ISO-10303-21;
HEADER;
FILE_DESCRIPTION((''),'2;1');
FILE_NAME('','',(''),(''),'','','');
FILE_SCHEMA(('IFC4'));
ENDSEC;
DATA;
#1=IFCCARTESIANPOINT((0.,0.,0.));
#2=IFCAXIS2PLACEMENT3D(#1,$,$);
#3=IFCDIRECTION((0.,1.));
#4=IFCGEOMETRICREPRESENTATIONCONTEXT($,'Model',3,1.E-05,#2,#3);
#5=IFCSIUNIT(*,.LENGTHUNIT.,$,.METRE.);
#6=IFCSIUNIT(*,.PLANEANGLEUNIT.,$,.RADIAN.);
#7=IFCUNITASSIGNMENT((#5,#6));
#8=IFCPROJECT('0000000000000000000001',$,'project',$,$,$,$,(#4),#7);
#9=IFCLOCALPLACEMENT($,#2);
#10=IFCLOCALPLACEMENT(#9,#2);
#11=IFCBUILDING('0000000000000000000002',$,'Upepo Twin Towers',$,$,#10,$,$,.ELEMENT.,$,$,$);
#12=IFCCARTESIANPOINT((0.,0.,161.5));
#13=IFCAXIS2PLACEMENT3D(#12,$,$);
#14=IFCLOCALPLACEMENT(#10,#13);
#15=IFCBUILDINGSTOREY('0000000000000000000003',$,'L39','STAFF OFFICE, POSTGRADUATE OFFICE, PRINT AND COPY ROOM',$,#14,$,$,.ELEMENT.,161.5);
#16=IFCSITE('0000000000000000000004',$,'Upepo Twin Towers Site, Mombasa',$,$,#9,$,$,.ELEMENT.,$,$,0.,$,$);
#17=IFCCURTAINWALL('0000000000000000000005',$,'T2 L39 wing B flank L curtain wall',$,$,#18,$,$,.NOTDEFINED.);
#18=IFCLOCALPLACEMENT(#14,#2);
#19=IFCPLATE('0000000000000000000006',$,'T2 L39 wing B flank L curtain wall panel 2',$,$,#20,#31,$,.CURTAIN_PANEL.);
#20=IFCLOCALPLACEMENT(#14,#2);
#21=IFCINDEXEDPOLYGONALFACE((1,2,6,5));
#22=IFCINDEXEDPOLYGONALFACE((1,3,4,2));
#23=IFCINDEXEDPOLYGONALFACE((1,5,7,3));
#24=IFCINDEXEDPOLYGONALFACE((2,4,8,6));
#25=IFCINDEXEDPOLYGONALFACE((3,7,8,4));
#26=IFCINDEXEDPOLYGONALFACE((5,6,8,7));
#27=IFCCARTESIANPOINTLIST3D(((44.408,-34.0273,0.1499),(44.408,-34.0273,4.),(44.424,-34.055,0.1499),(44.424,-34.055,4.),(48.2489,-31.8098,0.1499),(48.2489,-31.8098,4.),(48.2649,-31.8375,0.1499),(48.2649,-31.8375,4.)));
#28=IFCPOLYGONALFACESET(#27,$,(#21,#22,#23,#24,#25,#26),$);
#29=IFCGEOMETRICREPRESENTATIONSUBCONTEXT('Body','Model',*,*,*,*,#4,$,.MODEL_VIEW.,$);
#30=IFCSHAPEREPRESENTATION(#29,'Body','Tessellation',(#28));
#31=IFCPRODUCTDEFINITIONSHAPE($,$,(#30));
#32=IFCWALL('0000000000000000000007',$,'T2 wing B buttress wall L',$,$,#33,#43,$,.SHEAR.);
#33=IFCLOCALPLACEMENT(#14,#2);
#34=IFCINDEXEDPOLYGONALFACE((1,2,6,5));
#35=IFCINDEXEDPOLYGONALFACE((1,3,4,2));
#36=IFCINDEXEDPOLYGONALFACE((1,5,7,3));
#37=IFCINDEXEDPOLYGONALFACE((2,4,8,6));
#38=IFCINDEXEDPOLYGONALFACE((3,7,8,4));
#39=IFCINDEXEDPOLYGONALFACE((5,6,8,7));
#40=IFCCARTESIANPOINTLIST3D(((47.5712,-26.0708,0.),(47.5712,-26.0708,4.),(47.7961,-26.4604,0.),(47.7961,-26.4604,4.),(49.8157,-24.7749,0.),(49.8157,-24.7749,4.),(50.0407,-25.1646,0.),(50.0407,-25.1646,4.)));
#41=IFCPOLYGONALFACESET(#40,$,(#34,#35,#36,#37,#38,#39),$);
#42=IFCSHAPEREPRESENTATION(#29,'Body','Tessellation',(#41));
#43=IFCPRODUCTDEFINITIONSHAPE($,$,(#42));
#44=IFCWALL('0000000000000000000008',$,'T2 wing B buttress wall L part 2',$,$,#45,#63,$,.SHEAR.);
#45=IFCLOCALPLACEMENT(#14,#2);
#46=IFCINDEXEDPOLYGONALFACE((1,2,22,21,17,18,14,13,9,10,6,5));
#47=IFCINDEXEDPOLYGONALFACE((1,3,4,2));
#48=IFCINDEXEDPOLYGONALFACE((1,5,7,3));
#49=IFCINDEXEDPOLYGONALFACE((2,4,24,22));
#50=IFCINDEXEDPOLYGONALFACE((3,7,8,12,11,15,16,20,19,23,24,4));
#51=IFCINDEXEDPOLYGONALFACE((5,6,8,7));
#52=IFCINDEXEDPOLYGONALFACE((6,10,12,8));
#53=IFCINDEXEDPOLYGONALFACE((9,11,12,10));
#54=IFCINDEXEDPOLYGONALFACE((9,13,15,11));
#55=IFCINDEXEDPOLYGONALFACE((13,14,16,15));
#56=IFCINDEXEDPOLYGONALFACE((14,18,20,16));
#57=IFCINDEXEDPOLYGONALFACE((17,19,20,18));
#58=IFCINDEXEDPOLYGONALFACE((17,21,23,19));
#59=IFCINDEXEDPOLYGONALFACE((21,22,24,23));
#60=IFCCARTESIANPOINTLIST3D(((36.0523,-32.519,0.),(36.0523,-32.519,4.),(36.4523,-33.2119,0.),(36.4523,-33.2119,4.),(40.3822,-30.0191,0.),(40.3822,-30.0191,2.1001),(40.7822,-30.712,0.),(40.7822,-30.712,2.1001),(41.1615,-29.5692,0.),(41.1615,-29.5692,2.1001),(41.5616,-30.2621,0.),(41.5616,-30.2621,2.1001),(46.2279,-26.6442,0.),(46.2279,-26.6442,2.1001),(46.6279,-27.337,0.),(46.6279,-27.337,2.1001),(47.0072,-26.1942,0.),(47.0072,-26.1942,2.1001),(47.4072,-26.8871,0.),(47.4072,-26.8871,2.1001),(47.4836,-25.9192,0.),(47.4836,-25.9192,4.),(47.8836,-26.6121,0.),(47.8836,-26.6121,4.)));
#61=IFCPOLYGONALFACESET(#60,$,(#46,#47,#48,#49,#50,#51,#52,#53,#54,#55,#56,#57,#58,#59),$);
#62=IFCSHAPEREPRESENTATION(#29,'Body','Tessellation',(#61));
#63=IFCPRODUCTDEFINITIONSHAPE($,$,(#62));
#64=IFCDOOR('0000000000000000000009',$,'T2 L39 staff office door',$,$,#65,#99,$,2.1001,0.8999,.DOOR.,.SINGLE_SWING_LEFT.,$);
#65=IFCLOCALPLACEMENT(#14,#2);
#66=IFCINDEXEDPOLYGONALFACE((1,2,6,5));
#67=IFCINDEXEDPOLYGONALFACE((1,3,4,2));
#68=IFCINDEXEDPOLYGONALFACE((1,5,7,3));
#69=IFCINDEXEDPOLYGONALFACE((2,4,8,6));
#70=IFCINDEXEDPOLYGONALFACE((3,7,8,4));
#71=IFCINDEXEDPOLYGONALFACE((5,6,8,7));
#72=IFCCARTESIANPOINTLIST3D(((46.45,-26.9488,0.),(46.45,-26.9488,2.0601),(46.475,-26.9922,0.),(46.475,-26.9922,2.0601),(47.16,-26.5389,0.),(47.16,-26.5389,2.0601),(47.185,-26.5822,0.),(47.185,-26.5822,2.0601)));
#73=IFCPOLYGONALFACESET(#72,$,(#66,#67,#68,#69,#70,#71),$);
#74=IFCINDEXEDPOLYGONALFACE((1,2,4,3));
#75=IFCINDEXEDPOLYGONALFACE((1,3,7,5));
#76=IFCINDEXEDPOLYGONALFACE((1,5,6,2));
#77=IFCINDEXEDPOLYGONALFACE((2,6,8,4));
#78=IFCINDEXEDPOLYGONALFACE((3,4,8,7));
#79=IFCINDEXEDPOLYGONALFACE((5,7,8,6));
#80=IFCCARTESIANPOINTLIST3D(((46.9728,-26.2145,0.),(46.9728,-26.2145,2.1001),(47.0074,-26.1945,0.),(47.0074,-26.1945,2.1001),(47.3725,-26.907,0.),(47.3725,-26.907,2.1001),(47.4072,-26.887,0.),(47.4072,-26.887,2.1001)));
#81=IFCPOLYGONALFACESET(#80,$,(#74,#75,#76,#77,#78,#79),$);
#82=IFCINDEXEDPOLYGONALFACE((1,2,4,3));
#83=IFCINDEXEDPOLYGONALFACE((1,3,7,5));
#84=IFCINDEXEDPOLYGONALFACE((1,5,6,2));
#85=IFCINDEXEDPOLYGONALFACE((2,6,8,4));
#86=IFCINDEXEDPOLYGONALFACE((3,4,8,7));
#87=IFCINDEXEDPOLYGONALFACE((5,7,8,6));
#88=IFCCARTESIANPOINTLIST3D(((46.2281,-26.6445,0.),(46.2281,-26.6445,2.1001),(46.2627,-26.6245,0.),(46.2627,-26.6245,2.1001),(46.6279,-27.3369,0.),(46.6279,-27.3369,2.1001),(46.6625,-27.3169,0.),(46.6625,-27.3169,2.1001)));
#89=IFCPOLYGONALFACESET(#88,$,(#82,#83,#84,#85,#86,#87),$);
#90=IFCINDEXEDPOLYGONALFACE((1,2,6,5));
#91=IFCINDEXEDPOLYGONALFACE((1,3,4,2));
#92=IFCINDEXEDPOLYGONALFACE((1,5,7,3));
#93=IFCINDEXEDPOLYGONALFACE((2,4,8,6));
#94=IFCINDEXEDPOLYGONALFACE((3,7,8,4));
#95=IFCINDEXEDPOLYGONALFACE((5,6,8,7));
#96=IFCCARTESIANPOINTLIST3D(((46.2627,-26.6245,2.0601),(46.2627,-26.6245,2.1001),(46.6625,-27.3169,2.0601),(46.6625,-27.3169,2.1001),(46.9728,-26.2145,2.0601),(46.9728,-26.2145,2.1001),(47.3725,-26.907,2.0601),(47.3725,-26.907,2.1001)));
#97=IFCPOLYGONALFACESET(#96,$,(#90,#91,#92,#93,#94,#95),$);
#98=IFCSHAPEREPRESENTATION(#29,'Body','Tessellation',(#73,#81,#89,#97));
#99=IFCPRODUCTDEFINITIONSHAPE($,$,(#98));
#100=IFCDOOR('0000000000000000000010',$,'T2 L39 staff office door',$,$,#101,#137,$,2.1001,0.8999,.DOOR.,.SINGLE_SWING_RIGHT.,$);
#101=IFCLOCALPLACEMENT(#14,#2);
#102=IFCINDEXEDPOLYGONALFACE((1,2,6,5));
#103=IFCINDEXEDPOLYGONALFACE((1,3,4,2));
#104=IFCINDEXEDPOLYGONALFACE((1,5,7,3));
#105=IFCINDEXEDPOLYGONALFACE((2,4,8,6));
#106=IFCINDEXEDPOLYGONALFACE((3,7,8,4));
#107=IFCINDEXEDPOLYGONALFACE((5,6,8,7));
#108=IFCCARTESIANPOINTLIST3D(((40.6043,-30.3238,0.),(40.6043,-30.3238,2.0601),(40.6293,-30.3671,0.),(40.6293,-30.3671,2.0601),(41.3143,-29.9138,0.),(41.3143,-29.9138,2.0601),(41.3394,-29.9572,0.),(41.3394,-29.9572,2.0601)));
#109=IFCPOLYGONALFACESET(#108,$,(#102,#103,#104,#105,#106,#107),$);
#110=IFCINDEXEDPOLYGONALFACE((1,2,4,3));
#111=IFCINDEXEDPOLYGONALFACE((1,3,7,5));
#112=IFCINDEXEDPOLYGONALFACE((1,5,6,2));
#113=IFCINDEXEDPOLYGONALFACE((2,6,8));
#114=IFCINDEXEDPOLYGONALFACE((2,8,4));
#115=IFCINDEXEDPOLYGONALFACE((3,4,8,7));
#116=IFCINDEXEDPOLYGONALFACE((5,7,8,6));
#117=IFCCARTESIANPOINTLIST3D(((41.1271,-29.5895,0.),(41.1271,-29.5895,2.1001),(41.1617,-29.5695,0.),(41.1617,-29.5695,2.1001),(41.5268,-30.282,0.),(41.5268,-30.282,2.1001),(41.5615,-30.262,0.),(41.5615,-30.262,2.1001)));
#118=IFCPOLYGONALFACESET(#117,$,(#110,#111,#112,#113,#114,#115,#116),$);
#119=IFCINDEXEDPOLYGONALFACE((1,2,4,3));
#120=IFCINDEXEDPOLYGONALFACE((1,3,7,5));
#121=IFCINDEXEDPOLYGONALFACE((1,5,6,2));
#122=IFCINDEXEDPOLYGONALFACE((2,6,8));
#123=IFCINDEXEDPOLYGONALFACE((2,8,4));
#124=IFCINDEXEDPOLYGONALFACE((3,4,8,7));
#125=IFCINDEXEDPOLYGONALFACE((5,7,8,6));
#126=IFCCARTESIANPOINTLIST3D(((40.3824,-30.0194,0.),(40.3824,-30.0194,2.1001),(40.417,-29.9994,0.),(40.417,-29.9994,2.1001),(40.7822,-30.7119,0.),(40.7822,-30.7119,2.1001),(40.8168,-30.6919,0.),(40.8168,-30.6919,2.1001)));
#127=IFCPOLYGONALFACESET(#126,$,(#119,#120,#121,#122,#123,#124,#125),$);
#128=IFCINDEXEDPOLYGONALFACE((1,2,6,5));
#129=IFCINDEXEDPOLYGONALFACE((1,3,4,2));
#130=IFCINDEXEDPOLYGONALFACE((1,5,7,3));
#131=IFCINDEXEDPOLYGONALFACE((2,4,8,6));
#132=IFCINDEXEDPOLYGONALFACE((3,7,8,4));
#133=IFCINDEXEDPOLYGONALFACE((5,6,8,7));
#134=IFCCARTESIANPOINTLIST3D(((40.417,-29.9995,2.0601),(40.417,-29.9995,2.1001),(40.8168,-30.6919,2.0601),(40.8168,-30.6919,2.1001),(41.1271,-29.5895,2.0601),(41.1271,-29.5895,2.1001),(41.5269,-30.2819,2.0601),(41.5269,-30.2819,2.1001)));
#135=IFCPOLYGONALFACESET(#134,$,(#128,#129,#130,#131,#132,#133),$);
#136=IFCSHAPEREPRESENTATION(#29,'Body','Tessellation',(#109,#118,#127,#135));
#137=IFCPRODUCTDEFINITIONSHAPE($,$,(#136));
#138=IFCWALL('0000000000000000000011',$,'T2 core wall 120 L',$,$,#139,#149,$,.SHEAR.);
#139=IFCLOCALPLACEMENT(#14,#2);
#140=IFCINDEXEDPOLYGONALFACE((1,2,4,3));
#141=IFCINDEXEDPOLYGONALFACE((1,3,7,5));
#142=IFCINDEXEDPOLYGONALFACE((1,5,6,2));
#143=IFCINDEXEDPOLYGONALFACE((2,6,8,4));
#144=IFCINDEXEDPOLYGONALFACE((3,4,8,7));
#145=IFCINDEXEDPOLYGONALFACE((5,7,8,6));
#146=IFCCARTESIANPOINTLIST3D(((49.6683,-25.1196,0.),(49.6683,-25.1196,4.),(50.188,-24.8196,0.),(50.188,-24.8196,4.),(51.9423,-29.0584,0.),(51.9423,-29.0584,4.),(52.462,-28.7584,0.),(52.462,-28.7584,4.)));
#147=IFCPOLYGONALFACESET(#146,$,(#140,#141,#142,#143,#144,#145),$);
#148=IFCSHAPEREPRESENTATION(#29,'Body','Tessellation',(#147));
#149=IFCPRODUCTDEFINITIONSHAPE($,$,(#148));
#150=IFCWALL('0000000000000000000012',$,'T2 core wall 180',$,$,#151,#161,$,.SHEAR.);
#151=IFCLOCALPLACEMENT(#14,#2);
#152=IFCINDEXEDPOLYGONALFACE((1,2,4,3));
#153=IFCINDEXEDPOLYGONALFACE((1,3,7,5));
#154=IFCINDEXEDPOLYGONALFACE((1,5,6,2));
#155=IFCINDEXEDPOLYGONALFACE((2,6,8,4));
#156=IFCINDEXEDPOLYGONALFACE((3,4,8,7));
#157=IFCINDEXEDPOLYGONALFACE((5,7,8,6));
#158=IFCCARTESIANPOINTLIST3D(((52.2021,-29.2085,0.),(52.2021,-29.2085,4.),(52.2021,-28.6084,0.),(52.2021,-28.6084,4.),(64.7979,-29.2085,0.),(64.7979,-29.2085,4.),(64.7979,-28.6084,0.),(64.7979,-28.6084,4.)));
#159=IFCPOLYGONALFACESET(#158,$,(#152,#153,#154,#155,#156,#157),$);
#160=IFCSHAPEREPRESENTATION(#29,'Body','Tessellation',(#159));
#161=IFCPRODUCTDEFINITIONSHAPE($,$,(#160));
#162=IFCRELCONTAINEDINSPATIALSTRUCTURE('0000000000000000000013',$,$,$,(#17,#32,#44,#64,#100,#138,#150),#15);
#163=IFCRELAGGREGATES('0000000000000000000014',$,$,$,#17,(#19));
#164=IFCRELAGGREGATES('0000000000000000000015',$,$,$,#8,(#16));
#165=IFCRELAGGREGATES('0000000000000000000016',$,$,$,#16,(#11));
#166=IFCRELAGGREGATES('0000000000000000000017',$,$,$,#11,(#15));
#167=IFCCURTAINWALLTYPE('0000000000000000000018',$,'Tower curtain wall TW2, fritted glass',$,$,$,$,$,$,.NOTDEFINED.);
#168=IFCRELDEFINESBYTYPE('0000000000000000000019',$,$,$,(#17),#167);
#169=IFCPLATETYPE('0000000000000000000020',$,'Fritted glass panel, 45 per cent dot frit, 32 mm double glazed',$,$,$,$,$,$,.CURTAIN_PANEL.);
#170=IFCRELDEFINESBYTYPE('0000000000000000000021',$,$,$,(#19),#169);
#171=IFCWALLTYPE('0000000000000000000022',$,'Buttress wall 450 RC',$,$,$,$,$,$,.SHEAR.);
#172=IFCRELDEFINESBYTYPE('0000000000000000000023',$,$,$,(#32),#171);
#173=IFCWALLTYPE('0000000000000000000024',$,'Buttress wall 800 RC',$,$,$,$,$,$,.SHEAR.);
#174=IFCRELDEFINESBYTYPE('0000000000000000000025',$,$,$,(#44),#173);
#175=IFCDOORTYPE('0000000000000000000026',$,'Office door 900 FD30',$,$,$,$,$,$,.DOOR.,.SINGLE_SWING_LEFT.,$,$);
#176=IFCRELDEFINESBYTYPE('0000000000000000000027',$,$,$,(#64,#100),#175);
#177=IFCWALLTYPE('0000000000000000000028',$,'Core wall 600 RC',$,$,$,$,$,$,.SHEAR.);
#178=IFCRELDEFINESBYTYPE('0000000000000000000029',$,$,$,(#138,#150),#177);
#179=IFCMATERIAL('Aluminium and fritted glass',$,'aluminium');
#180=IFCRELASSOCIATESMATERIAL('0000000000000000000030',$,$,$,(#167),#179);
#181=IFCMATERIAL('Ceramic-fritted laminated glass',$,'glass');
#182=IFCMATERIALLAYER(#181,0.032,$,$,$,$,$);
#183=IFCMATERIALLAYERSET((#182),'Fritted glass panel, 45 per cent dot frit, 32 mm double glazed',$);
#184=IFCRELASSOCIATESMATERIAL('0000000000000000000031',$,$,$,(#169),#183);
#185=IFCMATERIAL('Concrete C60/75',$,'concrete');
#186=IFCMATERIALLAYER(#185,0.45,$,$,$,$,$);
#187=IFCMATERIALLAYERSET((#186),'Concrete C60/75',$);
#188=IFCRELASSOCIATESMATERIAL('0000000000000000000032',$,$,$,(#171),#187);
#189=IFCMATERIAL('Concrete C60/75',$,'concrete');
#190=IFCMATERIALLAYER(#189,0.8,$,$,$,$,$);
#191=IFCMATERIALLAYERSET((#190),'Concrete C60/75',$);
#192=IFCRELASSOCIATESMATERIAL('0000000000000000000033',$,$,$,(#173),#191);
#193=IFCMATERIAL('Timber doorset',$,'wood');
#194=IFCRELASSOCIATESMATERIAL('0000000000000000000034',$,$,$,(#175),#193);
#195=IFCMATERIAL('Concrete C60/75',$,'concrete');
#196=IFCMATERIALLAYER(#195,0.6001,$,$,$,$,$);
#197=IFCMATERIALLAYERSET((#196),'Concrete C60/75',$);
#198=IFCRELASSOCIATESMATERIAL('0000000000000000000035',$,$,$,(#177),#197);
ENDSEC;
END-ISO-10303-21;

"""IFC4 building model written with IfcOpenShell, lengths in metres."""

from ifc_helpers import new_model, si_unit, direction, frame, frame_2d, origin, origin_2d, place, context, subcontext, project, spatial, rectangle, extrude, material, layer, layer_set, type_object, element, fill, aggregate, save


model = new_model("IFC4")

# Units and contexts
model_context = context("Model", 3, precision=1e-05, world=origin(), true_north=direction((0.0, 1.0)))
body_context = subcontext(model_context, "Body", "Model", "MODEL_VIEW")
ifc_project = project(units=[si_unit("LENGTHUNIT", "METRE"), si_unit("PLANEANGLEUNIT", "RADIAN")], contexts=[model_context])

# Site, building, storey
site_placement = place(None, origin())
site = spatial("IfcSite", under=ifc_project, at=site_placement, Name="Upepo Twin Towers Site, Mombasa", CompositionType="ELEMENT", RefElevation=0.0)
building_placement = place(site_placement, origin())
building = spatial("IfcBuilding", under=site, at=building_placement, Name="Upepo Twin Towers", CompositionType="ELEMENT")
storey_placement = place(building_placement, frame((0.0, 0.0, 161.5)))
storey = spatial("IfcBuildingStorey", under=building, at=storey_placement, Name="L39", Description="STAFF OFFICE, POSTGRADUATE OFFICE, PRINT AND COPY ROOM", CompositionType="ELEMENT", Elevation=161.5)

# Curtain wall, plate
ifc_material_1 = material(Name="Aluminium and fritted glass", Category="aluminium")
curtain_wall_type = type_object("IfcCurtainWallType", Name="Tower curtain wall TW2, fritted glass", PredefinedType="NOTDEFINED", material=ifc_material_1)
curtain_wall_placement = place(storey_placement, origin())
curtain_wall = element("IfcCurtainWall", 1, at=curtain_wall_placement, inside=storey, type_object=curtain_wall_type, Name="T2 L39 wing B flank L curtain wall", PredefinedType="NOTDEFINED")
ifc_material_2 = material(Name="Ceramic-fritted laminated glass", Category="glass")
ifc_layer_1 = layer(ifc_material_2, 0.032)
ifc_layer_set_1 = layer_set([ifc_layer_1], Name="Fritted glass panel, 45 per cent dot frit, 32 mm double glazed")
plate_type = type_object("IfcPlateType", Name="Fritted glass panel, 45 per cent dot frit, 32 mm double glazed", PredefinedType="CURTAIN_PANEL", material=ifc_layer_set_1)
plate_1_placement = place(storey_placement, frame((46.3364, -32.9324, 0.1499), z_axis=(0.0, 0.0, 1.0), x_axis=(-0.866025, -0.5, 0.0)))
plate_1 = element("IfcPlate", 2, at=plate_1_placement, type_object=plate_type, Name="T2 L39 wing B flank L curtain wall panel 2", PredefinedType="CURTAIN_PANEL", context=body_context, shape_type="SweptSolid", body=[
    extrude(rectangle(XDim=4.4351, YDim=0.032, at=origin_2d()), origin(), (0.0, 0.0, 1.0), 3.8501),
])
aggregate(curtain_wall, [plate_1])

# Wall
ifc_material_3 = material(Name="Concrete C60/75", Category="concrete")
ifc_layer_2 = layer(ifc_material_3, 0.45)
ifc_layer_set_2 = layer_set([ifc_layer_2], Name="Concrete C60/75")
wall_type_1 = type_object("IfcWallType", Name="Buttress wall 450 RC", PredefinedType="SHEAR", material=ifc_layer_set_2)
wall_1_placement = place(storey_placement, frame((49.9282, -24.9697, 0.0), z_axis=(0.0, 0.0, 1.0), x_axis=(-0.866032, -0.499989, 0.0)))
element("IfcWall", 3, at=wall_1_placement, inside=storey, type_object=wall_type_1, Name="T2 wing B buttress wall L", PredefinedType="SHEAR", context=body_context, shape_type="SweptSolid", body=[
    extrude(rectangle(XDim=2.5918, YDim=0.45, at=frame_2d((1.2959, 0.0))), origin(), (0.0, 0.0, 1.0), 4.0),
])

# Wall, openings, doors
ifc_material_4 = material(Name="Concrete C60/75", Category="concrete")
ifc_layer_3 = layer(ifc_material_4, 0.8)
ifc_layer_set_3 = layer_set([ifc_layer_3], Name="Concrete C60/75")
wall_type_2 = type_object("IfcWallType", Name="Buttress wall 800 RC", PredefinedType="SHEAR", material=ifc_layer_set_3)
wall_2_placement = place(storey_placement, frame((47.6836, -26.2656, 0.0), z_axis=(0.0, 0.0, 1.0), x_axis=(-0.866028, -0.499996, 0.0)))
wall_2 = element("IfcWall", 4, at=wall_2_placement, inside=storey, type_object=wall_type_2, Name="T2 wing B buttress wall L part 2", PredefinedType="SHEAR", context=body_context, shape_type="SweptSolid", body=[
    extrude(rectangle(XDim=13.1997, YDim=0.8, at=frame_2d((6.5999, 0.0))), origin(), (0.0, 0.0, 1.0), 4.0),
])
opening_1_placement = place(wall_2_placement, frame((0.55, 0.0, 0.0)))
opening_1 = element("IfcOpeningElement", 5, at=opening_1_placement, cuts=wall_2, PredefinedType="OPENING", context=body_context, shape_type="SweptSolid", body=[
    extrude(rectangle(XDim=0.8999, YDim=2.1001, at=frame_2d((0.45, 1.05))), frame((0.0, 0.4099, 0.0), z_axis=(0.0, -1.0, 0.0), x_axis=(1.0, 0.0, 0.0)), (0.0, 0.0, 1.0), 0.8201),
])
opening_2_placement = place(wall_2_placement, frame((7.3, 0.0, 0.0)))
opening_2 = element("IfcOpeningElement", 6, at=opening_2_placement, cuts=wall_2, PredefinedType="OPENING", context=body_context, shape_type="SweptSolid", body=[
    extrude(rectangle(XDim=0.8999, YDim=2.1001, at=frame_2d((0.45, 1.05))), frame((0.0, 0.4099, 0.0), z_axis=(0.0, -1.0, 0.0), x_axis=(1.0, 0.0, 0.0)), (0.0, 0.0, 1.0), 0.8201),
])
ifc_material_5 = material(Name="Timber doorset", Category="wood")
door_type_1 = type_object("IfcDoorType", Name="Office door 900 FD30", OperationType="SINGLE_SWING_LEFT", PredefinedType="DOOR", material=ifc_material_5)
door_1_placement = place(opening_1_placement, origin())
door_1 = element("IfcDoor", 7, at=door_1_placement, inside=storey, type_object=door_type_1, Name="T2 L39 staff office door", OperationType="SINGLE_SWING_LEFT", OverallHeight=2.1001, OverallWidth=0.8999, PredefinedType="DOOR", context=body_context, shape_type="SweptSolid", body=[
    extrude(rectangle(XDim=0.8199, YDim=2.0601, at=frame_2d((0.45, 1.03))), frame((0.0, 0.0249, 0.0), z_axis=(0.0, -1.0, 0.0), x_axis=(1.0, 0.0, 0.0)), (0.0, 0.0, 1.0), 0.05),
    extrude(rectangle(XDim=0.04, YDim=2.1001, at=frame_2d((0.02, 1.05))), frame((0.0, 0.3999, 0.0), z_axis=(0.0, -1.0, 0.0), x_axis=(1.0, 0.0, 0.0)), (0.0, 0.0, 1.0), 0.7996),
    extrude(rectangle(XDim=0.04, YDim=2.1001, at=frame_2d((0.8799, 1.05))), frame((0.0, 0.3999, 0.0), z_axis=(0.0, -1.0, 0.0), x_axis=(1.0, 0.0, 0.0)), (0.0, 0.0, 1.0), 0.7996),
    extrude(rectangle(XDim=0.8199, YDim=0.04, at=frame_2d((0.45, 2.0801))), frame((0.0, 0.3999, 0.0), z_axis=(0.0, -1.0, 0.0), x_axis=(1.0, 0.0, 0.0)), (0.0, 0.0, 1.0), 0.7996),
])
fill(opening_1, door_1)
door_2_placement = place(opening_2_placement, origin())
door_2 = element("IfcDoor", 8, at=door_2_placement, inside=storey, type_object=door_type_1, Name="T2 L39 staff office door", OperationType="SINGLE_SWING_RIGHT", OverallHeight=2.1001, OverallWidth=0.8999, PredefinedType="DOOR", context=body_context, shape_type="SweptSolid", body=[
    extrude(rectangle(XDim=0.8199, YDim=2.0601, at=frame_2d((0.45, 1.03))), frame((0.0, 0.0249, 0.0), z_axis=(0.0, -1.0, 0.0), x_axis=(1.0, 0.0, 0.0)), (0.0, 0.0, 1.0), 0.05),
    extrude(rectangle(XDim=0.04, YDim=2.1001, at=frame_2d((0.02, 1.05))), frame((0.0, 0.3999, 0.0), z_axis=(0.0, -1.0, 0.0), x_axis=(1.0, 0.0, 0.0)), (0.0, 0.0, 1.0), 0.7996),
    extrude(rectangle(XDim=0.04, YDim=2.1001, at=frame_2d((0.8799, 1.05))), frame((0.0, 0.3999, 0.0), z_axis=(0.0, -1.0, 0.0), x_axis=(1.0, 0.0, 0.0)), (0.0, 0.0, 1.0), 0.7996),
    extrude(rectangle(XDim=0.8199, YDim=0.04, at=frame_2d((0.45, 2.0801))), frame((0.0, 0.3999, 0.0), z_axis=(0.0, -1.0, 0.0), x_axis=(1.0, 0.0, 0.0)), (0.0, 0.0, 1.0), 0.7996),
])
fill(opening_2, door_2)

# Walls
ifc_material_6 = material(Name="Concrete C60/75", Category="concrete")
ifc_layer_4 = layer(ifc_material_6, 0.6001)
ifc_layer_set_4 = layer_set([ifc_layer_4], Name="Concrete C60/75")
wall_type_3 = type_object("IfcWallType", Name="Core wall 600 RC", PredefinedType="SHEAR", material=ifc_layer_set_4)
wall_3_placement = place(storey_placement, frame((49.9282, -24.9697, 0.0), z_axis=(0.0, 0.0, 1.0), x_axis=(0.499984, -0.866035, 0.0)))
element("IfcWall", 9, at=wall_3_placement, inside=storey, type_object=wall_type_3, Name="T2 core wall 120 L", PredefinedType="SHEAR", context=body_context, shape_type="SweptSolid", body=[
    extrude(rectangle(XDim=4.5481, YDim=0.6001, at=frame_2d((2.2739, 0.0))), origin(), (0.0, 0.0, 1.0), 4.0),
])
wall_4_placement = place(storey_placement, frame((52.2021, -28.9084, 0.0), z_axis=(0.0, 0.0, 1.0), x_axis=(1.0, 0.0, 0.0)))
element("IfcWall", 10, at=wall_4_placement, inside=storey, type_object=wall_type_3, Name="T2 core wall 180", PredefinedType="SHEAR", context=body_context, shape_type="SweptSolid", body=[
    extrude(rectangle(XDim=12.5957, YDim=0.6001, at=frame_2d((6.2979, 0.0))), origin(), (0.0, 0.0, 1.0), 4.0),
])

save(model, "model.ifc")
